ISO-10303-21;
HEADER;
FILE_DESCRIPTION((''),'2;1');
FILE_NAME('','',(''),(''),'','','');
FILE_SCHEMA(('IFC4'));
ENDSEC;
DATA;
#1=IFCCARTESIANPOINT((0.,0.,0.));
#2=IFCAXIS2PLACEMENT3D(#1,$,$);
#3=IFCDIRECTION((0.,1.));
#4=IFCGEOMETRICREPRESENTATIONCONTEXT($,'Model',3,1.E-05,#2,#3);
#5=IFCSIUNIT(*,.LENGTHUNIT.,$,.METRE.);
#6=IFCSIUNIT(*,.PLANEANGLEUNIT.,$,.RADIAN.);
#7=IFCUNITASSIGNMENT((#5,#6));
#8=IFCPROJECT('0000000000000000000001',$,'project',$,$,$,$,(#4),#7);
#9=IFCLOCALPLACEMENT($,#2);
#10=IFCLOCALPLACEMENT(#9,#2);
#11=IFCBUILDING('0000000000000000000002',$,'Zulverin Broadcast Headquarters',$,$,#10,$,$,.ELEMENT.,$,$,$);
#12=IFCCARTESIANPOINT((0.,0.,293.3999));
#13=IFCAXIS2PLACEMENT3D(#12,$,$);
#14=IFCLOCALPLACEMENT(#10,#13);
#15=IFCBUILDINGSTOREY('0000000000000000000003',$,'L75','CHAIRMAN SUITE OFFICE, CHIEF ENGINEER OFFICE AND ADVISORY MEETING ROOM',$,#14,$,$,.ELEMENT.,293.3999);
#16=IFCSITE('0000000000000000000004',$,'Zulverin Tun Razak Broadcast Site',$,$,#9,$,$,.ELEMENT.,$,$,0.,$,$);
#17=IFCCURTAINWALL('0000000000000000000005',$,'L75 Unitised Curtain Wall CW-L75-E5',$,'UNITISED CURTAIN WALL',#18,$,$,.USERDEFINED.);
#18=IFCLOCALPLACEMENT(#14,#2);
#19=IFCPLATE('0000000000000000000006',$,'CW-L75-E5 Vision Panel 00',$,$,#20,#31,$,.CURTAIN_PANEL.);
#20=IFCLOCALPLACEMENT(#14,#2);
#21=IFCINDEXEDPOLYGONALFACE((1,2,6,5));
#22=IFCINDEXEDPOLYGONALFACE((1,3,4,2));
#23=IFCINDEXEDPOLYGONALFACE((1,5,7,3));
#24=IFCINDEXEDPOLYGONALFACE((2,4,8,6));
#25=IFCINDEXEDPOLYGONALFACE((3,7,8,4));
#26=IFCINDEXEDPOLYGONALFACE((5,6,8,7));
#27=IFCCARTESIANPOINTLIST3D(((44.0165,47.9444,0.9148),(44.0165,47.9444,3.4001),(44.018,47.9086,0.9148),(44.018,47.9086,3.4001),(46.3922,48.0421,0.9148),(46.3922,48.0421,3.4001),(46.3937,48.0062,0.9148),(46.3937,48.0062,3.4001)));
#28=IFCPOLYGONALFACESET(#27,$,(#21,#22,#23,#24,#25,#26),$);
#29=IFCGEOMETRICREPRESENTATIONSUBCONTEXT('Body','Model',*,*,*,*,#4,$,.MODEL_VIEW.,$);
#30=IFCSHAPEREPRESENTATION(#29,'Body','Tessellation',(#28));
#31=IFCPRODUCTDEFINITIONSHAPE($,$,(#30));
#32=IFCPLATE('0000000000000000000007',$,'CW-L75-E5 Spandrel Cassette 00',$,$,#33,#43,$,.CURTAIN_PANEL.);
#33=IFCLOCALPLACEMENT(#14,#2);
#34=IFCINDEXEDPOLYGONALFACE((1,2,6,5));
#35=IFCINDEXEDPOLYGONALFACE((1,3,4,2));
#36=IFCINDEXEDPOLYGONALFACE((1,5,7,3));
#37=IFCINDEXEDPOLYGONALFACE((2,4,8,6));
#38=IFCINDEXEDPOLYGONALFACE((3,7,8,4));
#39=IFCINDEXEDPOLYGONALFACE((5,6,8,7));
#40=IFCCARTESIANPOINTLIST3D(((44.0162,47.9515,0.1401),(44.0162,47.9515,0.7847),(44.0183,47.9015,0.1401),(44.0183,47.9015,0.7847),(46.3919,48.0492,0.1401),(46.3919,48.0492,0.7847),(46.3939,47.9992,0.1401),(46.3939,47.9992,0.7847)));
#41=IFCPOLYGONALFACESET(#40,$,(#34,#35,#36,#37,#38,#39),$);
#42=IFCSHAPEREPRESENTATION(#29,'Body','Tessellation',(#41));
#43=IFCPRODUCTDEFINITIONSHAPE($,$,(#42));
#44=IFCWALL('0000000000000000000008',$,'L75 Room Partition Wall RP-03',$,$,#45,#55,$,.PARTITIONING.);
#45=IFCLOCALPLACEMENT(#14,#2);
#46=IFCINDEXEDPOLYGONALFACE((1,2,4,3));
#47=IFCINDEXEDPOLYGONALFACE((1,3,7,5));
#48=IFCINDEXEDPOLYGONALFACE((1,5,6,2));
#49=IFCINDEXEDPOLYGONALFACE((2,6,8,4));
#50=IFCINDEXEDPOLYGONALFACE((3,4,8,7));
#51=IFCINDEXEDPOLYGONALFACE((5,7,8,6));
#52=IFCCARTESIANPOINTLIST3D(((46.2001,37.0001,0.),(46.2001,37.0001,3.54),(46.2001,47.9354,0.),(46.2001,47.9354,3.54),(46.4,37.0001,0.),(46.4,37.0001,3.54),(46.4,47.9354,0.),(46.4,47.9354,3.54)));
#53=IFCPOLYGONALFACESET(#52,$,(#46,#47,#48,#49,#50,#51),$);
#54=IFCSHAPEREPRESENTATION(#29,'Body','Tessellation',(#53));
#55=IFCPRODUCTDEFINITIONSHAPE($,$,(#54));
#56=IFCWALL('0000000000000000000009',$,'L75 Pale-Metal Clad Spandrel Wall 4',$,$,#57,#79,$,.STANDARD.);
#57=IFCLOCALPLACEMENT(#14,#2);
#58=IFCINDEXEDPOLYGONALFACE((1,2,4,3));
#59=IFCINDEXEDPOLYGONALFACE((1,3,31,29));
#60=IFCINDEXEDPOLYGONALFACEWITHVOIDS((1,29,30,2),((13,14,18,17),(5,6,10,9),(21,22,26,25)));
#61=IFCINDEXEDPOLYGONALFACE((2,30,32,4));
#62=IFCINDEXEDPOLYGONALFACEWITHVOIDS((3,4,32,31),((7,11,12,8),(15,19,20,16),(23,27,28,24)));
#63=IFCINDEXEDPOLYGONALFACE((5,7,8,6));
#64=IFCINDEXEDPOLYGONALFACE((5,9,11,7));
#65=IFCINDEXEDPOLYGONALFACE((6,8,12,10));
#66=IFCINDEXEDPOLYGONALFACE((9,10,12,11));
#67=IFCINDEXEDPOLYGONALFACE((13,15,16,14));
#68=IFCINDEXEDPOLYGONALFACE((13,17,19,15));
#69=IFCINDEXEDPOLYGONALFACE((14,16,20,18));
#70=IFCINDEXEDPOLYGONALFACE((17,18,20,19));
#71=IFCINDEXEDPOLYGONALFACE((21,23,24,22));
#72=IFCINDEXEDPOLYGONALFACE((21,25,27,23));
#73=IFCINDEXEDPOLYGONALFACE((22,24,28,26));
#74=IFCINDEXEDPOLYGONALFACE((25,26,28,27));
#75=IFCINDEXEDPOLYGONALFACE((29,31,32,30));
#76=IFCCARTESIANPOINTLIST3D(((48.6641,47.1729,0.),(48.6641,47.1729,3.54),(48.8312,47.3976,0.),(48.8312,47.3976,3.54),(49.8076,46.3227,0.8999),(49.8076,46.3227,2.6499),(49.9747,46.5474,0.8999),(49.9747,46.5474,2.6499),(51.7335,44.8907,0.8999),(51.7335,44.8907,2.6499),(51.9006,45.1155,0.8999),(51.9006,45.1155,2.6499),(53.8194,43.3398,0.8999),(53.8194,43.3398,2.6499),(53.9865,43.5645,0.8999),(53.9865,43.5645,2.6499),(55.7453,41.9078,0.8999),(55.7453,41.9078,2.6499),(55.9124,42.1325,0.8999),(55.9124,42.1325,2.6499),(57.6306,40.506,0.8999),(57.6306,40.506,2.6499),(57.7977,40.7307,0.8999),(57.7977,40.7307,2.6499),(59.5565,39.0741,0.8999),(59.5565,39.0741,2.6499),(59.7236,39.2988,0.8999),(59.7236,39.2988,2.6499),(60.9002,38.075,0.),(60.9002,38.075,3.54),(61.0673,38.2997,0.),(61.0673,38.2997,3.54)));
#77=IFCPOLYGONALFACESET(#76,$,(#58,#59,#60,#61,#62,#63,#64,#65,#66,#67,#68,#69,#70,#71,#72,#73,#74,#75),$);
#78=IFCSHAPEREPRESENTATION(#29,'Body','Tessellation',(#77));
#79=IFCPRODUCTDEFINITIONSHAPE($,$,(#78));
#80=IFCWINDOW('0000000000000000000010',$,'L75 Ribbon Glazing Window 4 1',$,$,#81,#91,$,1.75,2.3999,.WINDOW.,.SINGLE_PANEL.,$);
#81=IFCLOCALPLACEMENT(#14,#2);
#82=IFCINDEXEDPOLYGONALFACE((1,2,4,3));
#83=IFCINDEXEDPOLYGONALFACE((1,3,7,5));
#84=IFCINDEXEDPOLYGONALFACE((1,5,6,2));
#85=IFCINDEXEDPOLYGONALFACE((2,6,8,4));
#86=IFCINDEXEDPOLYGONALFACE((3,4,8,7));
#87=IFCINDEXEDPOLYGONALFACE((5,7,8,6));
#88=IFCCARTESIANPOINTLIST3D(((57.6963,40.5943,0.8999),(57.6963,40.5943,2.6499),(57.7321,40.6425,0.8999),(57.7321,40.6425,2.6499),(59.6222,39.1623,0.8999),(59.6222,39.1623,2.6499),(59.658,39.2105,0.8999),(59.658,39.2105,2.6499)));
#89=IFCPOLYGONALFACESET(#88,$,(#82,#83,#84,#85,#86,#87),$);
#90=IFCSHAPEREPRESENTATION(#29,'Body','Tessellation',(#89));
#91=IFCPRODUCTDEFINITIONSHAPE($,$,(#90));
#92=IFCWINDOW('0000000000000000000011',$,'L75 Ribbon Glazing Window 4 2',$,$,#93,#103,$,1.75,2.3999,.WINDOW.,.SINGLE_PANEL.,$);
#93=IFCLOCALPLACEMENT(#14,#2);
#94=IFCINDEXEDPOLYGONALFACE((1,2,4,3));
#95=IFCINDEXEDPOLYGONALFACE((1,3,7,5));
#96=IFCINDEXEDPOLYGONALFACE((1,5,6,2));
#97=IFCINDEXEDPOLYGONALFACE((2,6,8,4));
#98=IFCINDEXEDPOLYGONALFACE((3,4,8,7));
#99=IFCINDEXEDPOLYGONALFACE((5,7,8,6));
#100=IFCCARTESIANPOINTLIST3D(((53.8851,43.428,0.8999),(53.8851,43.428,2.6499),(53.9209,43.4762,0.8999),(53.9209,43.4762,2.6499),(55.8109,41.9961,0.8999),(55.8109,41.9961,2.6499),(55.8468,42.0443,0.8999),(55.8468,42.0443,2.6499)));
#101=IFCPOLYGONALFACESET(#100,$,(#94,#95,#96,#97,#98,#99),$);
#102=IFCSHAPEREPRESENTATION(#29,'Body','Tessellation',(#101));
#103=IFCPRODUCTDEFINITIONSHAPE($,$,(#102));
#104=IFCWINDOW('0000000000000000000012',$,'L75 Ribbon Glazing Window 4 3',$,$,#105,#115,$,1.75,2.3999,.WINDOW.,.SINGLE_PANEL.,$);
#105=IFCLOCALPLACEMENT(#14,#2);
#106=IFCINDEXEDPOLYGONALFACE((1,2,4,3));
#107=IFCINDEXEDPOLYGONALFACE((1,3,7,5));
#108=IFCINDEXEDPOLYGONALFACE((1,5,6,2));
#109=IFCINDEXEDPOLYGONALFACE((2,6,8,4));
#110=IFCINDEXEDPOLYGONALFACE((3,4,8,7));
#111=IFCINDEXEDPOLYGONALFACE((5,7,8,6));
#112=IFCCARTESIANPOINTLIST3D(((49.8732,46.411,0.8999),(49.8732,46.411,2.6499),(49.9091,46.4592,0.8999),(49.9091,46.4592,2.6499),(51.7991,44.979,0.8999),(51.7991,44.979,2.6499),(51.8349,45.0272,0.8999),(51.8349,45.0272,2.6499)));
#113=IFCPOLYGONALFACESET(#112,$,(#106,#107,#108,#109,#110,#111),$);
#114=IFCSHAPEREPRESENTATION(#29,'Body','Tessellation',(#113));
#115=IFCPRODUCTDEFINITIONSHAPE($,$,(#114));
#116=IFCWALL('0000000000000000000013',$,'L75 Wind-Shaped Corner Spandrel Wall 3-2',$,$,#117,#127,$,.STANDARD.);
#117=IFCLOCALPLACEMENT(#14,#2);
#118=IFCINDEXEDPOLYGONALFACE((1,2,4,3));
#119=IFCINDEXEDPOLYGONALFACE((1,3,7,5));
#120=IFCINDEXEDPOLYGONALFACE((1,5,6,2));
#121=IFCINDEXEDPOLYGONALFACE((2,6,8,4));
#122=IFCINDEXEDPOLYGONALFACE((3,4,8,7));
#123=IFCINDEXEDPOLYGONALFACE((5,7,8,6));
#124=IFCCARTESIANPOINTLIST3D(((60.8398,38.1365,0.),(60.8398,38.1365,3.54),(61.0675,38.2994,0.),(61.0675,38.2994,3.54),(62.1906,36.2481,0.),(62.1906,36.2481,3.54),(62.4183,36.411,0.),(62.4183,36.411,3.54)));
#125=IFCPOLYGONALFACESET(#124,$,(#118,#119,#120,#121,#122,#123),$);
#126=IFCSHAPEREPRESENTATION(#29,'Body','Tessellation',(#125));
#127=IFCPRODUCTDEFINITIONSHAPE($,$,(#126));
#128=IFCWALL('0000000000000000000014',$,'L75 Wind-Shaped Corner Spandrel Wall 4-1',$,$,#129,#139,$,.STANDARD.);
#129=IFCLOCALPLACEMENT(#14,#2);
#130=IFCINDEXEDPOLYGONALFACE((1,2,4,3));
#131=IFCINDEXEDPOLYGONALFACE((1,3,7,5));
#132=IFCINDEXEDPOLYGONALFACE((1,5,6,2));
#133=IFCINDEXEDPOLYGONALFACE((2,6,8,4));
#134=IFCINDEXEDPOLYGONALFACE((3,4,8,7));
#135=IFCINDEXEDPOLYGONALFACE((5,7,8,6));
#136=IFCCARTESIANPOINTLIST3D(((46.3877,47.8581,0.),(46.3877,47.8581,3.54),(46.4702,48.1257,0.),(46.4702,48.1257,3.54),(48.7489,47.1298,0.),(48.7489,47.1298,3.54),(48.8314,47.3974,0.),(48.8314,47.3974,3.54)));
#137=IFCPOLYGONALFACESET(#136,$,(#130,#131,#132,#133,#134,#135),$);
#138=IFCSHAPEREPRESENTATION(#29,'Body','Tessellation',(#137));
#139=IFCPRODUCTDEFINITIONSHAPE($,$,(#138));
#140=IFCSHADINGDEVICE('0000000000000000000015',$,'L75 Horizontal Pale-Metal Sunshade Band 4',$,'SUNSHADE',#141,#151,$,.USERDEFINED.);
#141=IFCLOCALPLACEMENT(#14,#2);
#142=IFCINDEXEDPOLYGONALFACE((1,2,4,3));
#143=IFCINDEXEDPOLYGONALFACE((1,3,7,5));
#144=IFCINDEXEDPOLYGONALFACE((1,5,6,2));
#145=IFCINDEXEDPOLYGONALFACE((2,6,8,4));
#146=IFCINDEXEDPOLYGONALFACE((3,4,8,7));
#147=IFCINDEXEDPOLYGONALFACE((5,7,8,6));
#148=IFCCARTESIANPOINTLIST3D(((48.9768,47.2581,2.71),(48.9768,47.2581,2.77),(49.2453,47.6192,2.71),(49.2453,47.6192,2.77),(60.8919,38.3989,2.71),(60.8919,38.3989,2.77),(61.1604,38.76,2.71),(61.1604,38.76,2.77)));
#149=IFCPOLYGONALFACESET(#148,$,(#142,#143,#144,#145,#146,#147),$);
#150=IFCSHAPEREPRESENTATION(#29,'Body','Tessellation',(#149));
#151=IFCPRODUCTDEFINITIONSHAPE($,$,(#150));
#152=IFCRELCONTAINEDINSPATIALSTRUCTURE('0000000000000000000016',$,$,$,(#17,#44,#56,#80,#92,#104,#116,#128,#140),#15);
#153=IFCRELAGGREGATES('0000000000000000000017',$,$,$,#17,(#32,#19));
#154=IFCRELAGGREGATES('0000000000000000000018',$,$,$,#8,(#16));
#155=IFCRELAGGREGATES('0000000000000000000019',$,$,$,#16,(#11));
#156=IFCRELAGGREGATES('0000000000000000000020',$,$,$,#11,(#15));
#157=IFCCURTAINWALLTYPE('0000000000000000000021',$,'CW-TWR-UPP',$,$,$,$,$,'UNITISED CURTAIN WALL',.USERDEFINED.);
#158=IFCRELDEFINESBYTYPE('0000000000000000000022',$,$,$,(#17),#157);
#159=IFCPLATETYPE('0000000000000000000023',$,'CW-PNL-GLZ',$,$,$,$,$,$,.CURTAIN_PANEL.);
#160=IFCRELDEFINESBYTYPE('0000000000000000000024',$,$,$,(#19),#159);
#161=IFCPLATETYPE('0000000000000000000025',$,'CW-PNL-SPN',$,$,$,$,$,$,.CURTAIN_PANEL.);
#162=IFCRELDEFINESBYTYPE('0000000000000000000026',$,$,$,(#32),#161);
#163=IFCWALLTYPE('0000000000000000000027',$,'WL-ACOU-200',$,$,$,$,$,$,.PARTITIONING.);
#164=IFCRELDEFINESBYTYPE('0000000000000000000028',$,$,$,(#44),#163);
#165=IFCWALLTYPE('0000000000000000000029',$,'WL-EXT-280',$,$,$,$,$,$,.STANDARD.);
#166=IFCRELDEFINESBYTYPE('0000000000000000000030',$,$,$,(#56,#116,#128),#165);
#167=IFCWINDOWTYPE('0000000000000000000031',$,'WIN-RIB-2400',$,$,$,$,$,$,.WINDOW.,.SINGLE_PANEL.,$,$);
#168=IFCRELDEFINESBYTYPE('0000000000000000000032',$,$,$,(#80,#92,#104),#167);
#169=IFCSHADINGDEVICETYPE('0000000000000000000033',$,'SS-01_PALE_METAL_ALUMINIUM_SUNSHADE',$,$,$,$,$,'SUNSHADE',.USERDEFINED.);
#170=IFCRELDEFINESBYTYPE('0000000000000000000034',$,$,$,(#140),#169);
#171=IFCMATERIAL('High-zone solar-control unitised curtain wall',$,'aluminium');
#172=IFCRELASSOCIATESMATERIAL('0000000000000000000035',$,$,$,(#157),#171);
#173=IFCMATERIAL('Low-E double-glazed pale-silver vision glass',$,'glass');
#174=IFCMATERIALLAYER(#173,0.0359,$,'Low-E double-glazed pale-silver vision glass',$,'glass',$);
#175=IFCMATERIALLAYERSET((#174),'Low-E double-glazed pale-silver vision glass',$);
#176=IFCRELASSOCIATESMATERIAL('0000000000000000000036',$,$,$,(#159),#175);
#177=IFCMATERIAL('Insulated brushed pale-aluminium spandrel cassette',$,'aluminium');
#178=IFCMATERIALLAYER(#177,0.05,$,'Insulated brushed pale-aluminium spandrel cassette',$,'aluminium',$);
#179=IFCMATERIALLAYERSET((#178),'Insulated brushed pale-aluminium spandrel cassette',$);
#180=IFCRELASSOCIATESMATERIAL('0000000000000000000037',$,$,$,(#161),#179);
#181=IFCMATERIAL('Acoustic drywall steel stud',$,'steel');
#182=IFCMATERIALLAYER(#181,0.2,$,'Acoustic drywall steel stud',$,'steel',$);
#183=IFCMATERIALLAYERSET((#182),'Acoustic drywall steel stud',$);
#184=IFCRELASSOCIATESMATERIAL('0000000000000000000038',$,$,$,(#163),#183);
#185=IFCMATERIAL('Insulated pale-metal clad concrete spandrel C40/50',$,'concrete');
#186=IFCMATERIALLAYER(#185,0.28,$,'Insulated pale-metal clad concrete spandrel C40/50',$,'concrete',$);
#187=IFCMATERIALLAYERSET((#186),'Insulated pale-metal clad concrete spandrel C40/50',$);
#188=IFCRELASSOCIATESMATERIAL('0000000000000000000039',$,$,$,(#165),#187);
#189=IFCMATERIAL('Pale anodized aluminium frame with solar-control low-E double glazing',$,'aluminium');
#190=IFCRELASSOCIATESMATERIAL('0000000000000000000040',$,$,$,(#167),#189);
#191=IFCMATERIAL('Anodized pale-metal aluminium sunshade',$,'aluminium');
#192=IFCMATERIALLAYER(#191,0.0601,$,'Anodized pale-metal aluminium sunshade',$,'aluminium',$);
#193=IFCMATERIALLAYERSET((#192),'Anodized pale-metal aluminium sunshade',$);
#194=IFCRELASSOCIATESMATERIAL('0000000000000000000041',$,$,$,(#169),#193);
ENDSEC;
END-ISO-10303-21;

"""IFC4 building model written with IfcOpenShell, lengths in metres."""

from ifc_helpers import new_model, si_unit, direction, frame, frame_2d, origin, origin_2d, place, context, subcontext, project, spatial, rectangle, extrude, material, layer, layer_set, type_object, element, fill, aggregate, save


model = new_model("IFC4")

# Units and contexts
model_context = context("Model", 3, precision=1e-05, world=origin(), true_north=direction((0.0, 1.0)))
body_context = subcontext(model_context, "Body", "Model", "MODEL_VIEW")
ifc_project = project(units=[si_unit("LENGTHUNIT", "METRE"), si_unit("PLANEANGLEUNIT", "RADIAN")], contexts=[model_context])

# Site, building, storey
site_placement = place(None, origin())
site = spatial("IfcSite", under=ifc_project, at=site_placement, Name="Zulverin Tun Razak Broadcast Site", CompositionType="ELEMENT", RefElevation=0.0)
building_placement = place(site_placement, origin())
building = spatial("IfcBuilding", under=site, at=building_placement, Name="Zulverin Broadcast Headquarters", CompositionType="ELEMENT")
storey_placement = place(building_placement, frame((0.0, 0.0, 293.3999)))
storey = spatial("IfcBuildingStorey", under=building, at=storey_placement, Name="L75", Description="CHAIRMAN SUITE OFFICE, CHIEF ENGINEER OFFICE AND ADVISORY MEETING ROOM", CompositionType="ELEMENT", Elevation=293.3999)

# Curtain wall, plates
ifc_material_1 = material(Name="High-zone solar-control unitised curtain wall", Category="aluminium")
curtain_wall_type = type_object("IfcCurtainWallType", Name="CW-TWR-UPP", ElementType="UNITISED CURTAIN WALL", PredefinedType="USERDEFINED", material=ifc_material_1)
curtain_wall_placement = place(storey_placement, origin())
curtain_wall = element("IfcCurtainWall", 1, at=curtain_wall_placement, inside=storey, type_object=curtain_wall_type, Name="L75 Unitised Curtain Wall CW-L75-E5", ObjectType="UNITISED CURTAIN WALL", PredefinedType="USERDEFINED")
ifc_material_2 = material(Name="Low-E double-glazed pale-silver vision glass", Category="glass")
ifc_layer_1 = layer(ifc_material_2, 0.0359, Name="Low-E double-glazed pale-silver vision glass", Category="glass")
ifc_layer_set_1 = layer_set([ifc_layer_1], Name="Low-E double-glazed pale-silver vision glass")
plate_type_1 = type_object("IfcPlateType", Name="CW-PNL-GLZ", PredefinedType="CURTAIN_PANEL", material=ifc_layer_set_1)
plate_1_placement = place(storey_placement, frame((45.2051, 47.9753, 0.9148), z_axis=(0.0, 0.0, 1.0), x_axis=(-0.999156, -0.041068, 0.0)))
plate_1 = element("IfcPlate", 2, at=plate_1_placement, type_object=plate_type_1, Name="CW-L75-E5 Vision Panel 00", PredefinedType="CURTAIN_PANEL", context=body_context, shape_type="SweptSolid", body=[
    extrude(rectangle(XDim=2.3777, YDim=0.0359, at=origin_2d()), origin(), (0.0, 0.0, 1.0), 2.4854),
])
ifc_material_3 = material(Name="Insulated brushed pale-aluminium spandrel cassette", Category="aluminium")
ifc_layer_2 = layer(ifc_material_3, 0.05, Name="Insulated brushed pale-aluminium spandrel cassette", Category="aluminium")
ifc_layer_set_2 = layer_set([ifc_layer_2], Name="Insulated brushed pale-aluminium spandrel cassette")
plate_type_2 = type_object("IfcPlateType", Name="CW-PNL-SPN", PredefinedType="CURTAIN_PANEL", material=ifc_layer_set_2)
plate_2_placement = place(storey_placement, frame((45.2051, 47.9753, 0.1401), z_axis=(0.0, 0.0, 1.0), x_axis=(-0.999156, -0.041068, 0.0)))
plate_2 = element("IfcPlate", 3, at=plate_2_placement, type_object=plate_type_2, Name="CW-L75-E5 Spandrel Cassette 00", PredefinedType="CURTAIN_PANEL", context=body_context, shape_type="SweptSolid", body=[
    extrude(rectangle(XDim=2.3777, YDim=0.05, at=origin_2d()), origin(), (0.0, 0.0, 1.0), 0.6445),
])
aggregate(curtain_wall, [plate_2, plate_1])

# Wall
ifc_material_4 = material(Name="Acoustic drywall steel stud", Category="steel")
ifc_layer_3 = layer(ifc_material_4, 0.2, Name="Acoustic drywall steel stud", Category="steel")
ifc_layer_set_3 = layer_set([ifc_layer_3], Name="Acoustic drywall steel stud")
wall_type_1 = type_object("IfcWallType", Name="WL-ACOU-200", PredefinedType="PARTITIONING", material=ifc_layer_set_3)
wall_1_placement = place(storey_placement, frame((46.3, 37.0, 0.0), z_axis=(0.0, 0.0, 1.0), x_axis=(0.0, 1.0, 0.0)))
element("IfcWall", 4, at=wall_1_placement, inside=storey, type_object=wall_type_1, Name="L75 Room Partition Wall RP-03", PredefinedType="PARTITIONING", context=body_context, shape_type="SweptSolid", body=[
    extrude(rectangle(XDim=10.9353, YDim=0.2, at=frame_2d((5.4678, 0.0))), origin(), (0.0, 0.0, 1.0), 3.54),
])

# Wall, openings, windows
ifc_material_5 = material(Name="Insulated pale-metal clad concrete spandrel C40/50", Category="concrete")
ifc_layer_4 = layer(ifc_material_5, 0.28, Name="Insulated pale-metal clad concrete spandrel C40/50", Category="concrete")
ifc_layer_set_4 = layer_set([ifc_layer_4], Name="Insulated pale-metal clad concrete spandrel C40/50")
wall_type_2 = type_object("IfcWallType", Name="WL-EXT-280", PredefinedType="STANDARD", material=ifc_layer_set_4)
wall_2_placement = place(storey_placement, frame((60.9839, 38.1873, 0.0), z_axis=(0.0, 0.0, 1.0), x_axis=(-0.802485, 0.596672, 0.0)))
wall_2 = element("IfcWall", 5, at=wall_2_placement, inside=storey, type_object=wall_type_2, Name="L75 Pale-Metal Clad Spandrel Wall 4", PredefinedType="STANDARD", context=body_context, shape_type="SweptSolid", body=[
    extrude(rectangle(XDim=15.2478, YDim=0.28, at=frame_2d((7.624, 0.0))), origin(), (0.0, 0.0, 1.0), 3.54),
])
opening_1_placement = place(wall_2_placement, frame((1.6746, 0.0, 0.8999)))
opening_1 = element("IfcOpeningElement", 6, at=opening_1_placement, cuts=wall_2, PredefinedType="OPENING", context=body_context, shape_type="SweptSolid", body=[
    extrude(rectangle(XDim=2.3999, YDim=1.75, at=frame_2d((1.2, 0.875))), frame((0.0, 0.1499, 0.0), z_axis=(0.0, -1.0, 0.0), x_axis=(1.0, 0.0, 0.0)), (0.0, 0.0, 1.0), 0.3),
])
opening_2_placement = place(wall_2_placement, frame((6.4238, 0.0, 0.8999)))
opening_2 = element("IfcOpeningElement", 7, at=opening_2_placement, cuts=wall_2, PredefinedType="OPENING", context=body_context, shape_type="SweptSolid", body=[
    extrude(rectangle(XDim=2.3999, YDim=1.75, at=frame_2d((1.2, 0.875))), frame((0.0, 0.1499, 0.0), z_axis=(0.0, -1.0, 0.0), x_axis=(1.0, 0.0, 0.0)), (0.0, 0.0, 1.0), 0.3),
])
opening_3_placement = place(wall_2_placement, frame((11.4231, 0.0, 0.8999)))
opening_3 = element("IfcOpeningElement", 8, at=opening_3_placement, cuts=wall_2, PredefinedType="OPENING", context=body_context, shape_type="SweptSolid", body=[
    extrude(rectangle(XDim=2.3999, YDim=1.75, at=frame_2d((1.2, 0.875))), frame((0.0, 0.1499, 0.0), z_axis=(0.0, -1.0, 0.0), x_axis=(1.0, 0.0, 0.0)), (0.0, 0.0, 1.0), 0.3),
])
ifc_material_6 = material(Name="Pale anodized aluminium frame with solar-control low-E double glazing", Category="aluminium")
window_type = type_object("IfcWindowType", Name="WIN-RIB-2400", PartitioningType="SINGLE_PANEL", PredefinedType="WINDOW", material=ifc_material_6)
window_1_placement = place(opening_1_placement, origin())
window_1 = element("IfcWindow", 9, at=window_1_placement, inside=storey, type_object=window_type, Name="L75 Ribbon Glazing Window 4 1", OverallHeight=1.75, OverallWidth=2.3999, PartitioningType="SINGLE_PANEL", PredefinedType="WINDOW", context=body_context, shape_type="SweptSolid", body=[
    extrude(rectangle(XDim=2.3999, YDim=1.75, at=frame_2d((1.2, 0.875))), frame((0.0, 0.03, 0.0), z_axis=(0.0, -1.0, 0.0), x_axis=(1.0, 0.0, 0.0)), (0.0, 0.0, 1.0), 0.0601),
])
fill(opening_1, window_1)
window_2_placement = place(opening_2_placement, origin())
window_2 = element("IfcWindow", 10, at=window_2_placement, inside=storey, type_object=window_type, Name="L75 Ribbon Glazing Window 4 2", OverallHeight=1.75, OverallWidth=2.3999, PartitioningType="SINGLE_PANEL", PredefinedType="WINDOW", context=body_context, shape_type="SweptSolid", body=[
    extrude(rectangle(XDim=2.3999, YDim=1.75, at=frame_2d((1.2, 0.875))), frame((0.0, 0.03, 0.0), z_axis=(0.0, -1.0, 0.0), x_axis=(1.0, 0.0, 0.0)), (0.0, 0.0, 1.0), 0.0601),
])
fill(opening_2, window_2)
window_3_placement = place(opening_3_placement, origin())
window_3 = element("IfcWindow", 11, at=window_3_placement, inside=storey, type_object=window_type, Name="L75 Ribbon Glazing Window 4 3", OverallHeight=1.75, OverallWidth=2.3999, PartitioningType="SINGLE_PANEL", PredefinedType="WINDOW", context=body_context, shape_type="SweptSolid", body=[
    extrude(rectangle(XDim=2.3999, YDim=1.75, at=frame_2d((1.2, 0.875))), frame((0.0, 0.03, 0.0), z_axis=(0.0, -1.0, 0.0), x_axis=(1.0, 0.0, 0.0)), (0.0, 0.0, 1.0), 0.0601),
])
fill(opening_3, window_3)

# Walls
wall_3_placement = place(storey_placement, frame((62.3044, 36.3296, 0.0), z_axis=(0.0, 0.0, 1.0), x_axis=(-0.581795, 0.813335, 0.0)))
element("IfcWall", 12, at=wall_3_placement, inside=storey, type_object=wall_type_2, Name="L75 Wind-Shaped Corner Spandrel Wall 3-2", PredefinedType="STANDARD", context=body_context, shape_type="SweptSolid", body=[
    extrude(rectangle(XDim=2.3218, YDim=0.28, at=frame_2d((1.1609, 0.0))), origin(), (0.0, 0.0, 1.0), 3.54),
])
wall_4_placement = place(storey_placement, frame((48.79, 47.2637, 0.0), z_axis=(0.0, 0.0, 1.0), x_axis=(-0.955576, 0.294745, 0.0)))
element("IfcWall", 13, at=wall_4_placement, inside=storey, type_object=wall_type_2, Name="L75 Wind-Shaped Corner Spandrel Wall 4-1", PredefinedType="STANDARD", context=body_context, shape_type="SweptSolid", body=[
    extrude(rectangle(XDim=2.4709, YDim=0.28, at=frame_2d((1.2354, 0.0))), origin(), (0.0, 0.0, 1.0), 3.54),
])

# Shading device
ifc_material_7 = material(Name="Anodized pale-metal aluminium sunshade", Category="aluminium")
ifc_layer_5 = layer(ifc_material_7, 0.0601, Name="Anodized pale-metal aluminium sunshade", Category="aluminium")
ifc_layer_set_5 = layer_set([ifc_layer_5], Name="Anodized pale-metal aluminium sunshade")
shading_device_type = type_object("IfcShadingDeviceType", Name="SS-01_PALE_METAL_ALUMINIUM_SUNSHADE", ElementType="SUNSHADE", PredefinedType="USERDEFINED", material=ifc_layer_set_5)
shading_device_placement = place(storey_placement, frame((55.0686, 43.009, 2.71), z_axis=(0.0, 0.0, 1.0), x_axis=(-0.802486, 0.59667, 0.0)))
element("IfcShadingDevice", 14, at=shading_device_placement, inside=storey, type_object=shading_device_type, Name="L75 Horizontal Pale-Metal Sunshade Band 4", ObjectType="SUNSHADE", PredefinedType="USERDEFINED", context=body_context, shape_type="SweptSolid", body=[
    extrude(rectangle(XDim=14.8477, YDim=0.45, at=origin_2d()), origin(), (0.0, 0.0, 1.0), 0.0601),
])

save(model, "model.ifc")
